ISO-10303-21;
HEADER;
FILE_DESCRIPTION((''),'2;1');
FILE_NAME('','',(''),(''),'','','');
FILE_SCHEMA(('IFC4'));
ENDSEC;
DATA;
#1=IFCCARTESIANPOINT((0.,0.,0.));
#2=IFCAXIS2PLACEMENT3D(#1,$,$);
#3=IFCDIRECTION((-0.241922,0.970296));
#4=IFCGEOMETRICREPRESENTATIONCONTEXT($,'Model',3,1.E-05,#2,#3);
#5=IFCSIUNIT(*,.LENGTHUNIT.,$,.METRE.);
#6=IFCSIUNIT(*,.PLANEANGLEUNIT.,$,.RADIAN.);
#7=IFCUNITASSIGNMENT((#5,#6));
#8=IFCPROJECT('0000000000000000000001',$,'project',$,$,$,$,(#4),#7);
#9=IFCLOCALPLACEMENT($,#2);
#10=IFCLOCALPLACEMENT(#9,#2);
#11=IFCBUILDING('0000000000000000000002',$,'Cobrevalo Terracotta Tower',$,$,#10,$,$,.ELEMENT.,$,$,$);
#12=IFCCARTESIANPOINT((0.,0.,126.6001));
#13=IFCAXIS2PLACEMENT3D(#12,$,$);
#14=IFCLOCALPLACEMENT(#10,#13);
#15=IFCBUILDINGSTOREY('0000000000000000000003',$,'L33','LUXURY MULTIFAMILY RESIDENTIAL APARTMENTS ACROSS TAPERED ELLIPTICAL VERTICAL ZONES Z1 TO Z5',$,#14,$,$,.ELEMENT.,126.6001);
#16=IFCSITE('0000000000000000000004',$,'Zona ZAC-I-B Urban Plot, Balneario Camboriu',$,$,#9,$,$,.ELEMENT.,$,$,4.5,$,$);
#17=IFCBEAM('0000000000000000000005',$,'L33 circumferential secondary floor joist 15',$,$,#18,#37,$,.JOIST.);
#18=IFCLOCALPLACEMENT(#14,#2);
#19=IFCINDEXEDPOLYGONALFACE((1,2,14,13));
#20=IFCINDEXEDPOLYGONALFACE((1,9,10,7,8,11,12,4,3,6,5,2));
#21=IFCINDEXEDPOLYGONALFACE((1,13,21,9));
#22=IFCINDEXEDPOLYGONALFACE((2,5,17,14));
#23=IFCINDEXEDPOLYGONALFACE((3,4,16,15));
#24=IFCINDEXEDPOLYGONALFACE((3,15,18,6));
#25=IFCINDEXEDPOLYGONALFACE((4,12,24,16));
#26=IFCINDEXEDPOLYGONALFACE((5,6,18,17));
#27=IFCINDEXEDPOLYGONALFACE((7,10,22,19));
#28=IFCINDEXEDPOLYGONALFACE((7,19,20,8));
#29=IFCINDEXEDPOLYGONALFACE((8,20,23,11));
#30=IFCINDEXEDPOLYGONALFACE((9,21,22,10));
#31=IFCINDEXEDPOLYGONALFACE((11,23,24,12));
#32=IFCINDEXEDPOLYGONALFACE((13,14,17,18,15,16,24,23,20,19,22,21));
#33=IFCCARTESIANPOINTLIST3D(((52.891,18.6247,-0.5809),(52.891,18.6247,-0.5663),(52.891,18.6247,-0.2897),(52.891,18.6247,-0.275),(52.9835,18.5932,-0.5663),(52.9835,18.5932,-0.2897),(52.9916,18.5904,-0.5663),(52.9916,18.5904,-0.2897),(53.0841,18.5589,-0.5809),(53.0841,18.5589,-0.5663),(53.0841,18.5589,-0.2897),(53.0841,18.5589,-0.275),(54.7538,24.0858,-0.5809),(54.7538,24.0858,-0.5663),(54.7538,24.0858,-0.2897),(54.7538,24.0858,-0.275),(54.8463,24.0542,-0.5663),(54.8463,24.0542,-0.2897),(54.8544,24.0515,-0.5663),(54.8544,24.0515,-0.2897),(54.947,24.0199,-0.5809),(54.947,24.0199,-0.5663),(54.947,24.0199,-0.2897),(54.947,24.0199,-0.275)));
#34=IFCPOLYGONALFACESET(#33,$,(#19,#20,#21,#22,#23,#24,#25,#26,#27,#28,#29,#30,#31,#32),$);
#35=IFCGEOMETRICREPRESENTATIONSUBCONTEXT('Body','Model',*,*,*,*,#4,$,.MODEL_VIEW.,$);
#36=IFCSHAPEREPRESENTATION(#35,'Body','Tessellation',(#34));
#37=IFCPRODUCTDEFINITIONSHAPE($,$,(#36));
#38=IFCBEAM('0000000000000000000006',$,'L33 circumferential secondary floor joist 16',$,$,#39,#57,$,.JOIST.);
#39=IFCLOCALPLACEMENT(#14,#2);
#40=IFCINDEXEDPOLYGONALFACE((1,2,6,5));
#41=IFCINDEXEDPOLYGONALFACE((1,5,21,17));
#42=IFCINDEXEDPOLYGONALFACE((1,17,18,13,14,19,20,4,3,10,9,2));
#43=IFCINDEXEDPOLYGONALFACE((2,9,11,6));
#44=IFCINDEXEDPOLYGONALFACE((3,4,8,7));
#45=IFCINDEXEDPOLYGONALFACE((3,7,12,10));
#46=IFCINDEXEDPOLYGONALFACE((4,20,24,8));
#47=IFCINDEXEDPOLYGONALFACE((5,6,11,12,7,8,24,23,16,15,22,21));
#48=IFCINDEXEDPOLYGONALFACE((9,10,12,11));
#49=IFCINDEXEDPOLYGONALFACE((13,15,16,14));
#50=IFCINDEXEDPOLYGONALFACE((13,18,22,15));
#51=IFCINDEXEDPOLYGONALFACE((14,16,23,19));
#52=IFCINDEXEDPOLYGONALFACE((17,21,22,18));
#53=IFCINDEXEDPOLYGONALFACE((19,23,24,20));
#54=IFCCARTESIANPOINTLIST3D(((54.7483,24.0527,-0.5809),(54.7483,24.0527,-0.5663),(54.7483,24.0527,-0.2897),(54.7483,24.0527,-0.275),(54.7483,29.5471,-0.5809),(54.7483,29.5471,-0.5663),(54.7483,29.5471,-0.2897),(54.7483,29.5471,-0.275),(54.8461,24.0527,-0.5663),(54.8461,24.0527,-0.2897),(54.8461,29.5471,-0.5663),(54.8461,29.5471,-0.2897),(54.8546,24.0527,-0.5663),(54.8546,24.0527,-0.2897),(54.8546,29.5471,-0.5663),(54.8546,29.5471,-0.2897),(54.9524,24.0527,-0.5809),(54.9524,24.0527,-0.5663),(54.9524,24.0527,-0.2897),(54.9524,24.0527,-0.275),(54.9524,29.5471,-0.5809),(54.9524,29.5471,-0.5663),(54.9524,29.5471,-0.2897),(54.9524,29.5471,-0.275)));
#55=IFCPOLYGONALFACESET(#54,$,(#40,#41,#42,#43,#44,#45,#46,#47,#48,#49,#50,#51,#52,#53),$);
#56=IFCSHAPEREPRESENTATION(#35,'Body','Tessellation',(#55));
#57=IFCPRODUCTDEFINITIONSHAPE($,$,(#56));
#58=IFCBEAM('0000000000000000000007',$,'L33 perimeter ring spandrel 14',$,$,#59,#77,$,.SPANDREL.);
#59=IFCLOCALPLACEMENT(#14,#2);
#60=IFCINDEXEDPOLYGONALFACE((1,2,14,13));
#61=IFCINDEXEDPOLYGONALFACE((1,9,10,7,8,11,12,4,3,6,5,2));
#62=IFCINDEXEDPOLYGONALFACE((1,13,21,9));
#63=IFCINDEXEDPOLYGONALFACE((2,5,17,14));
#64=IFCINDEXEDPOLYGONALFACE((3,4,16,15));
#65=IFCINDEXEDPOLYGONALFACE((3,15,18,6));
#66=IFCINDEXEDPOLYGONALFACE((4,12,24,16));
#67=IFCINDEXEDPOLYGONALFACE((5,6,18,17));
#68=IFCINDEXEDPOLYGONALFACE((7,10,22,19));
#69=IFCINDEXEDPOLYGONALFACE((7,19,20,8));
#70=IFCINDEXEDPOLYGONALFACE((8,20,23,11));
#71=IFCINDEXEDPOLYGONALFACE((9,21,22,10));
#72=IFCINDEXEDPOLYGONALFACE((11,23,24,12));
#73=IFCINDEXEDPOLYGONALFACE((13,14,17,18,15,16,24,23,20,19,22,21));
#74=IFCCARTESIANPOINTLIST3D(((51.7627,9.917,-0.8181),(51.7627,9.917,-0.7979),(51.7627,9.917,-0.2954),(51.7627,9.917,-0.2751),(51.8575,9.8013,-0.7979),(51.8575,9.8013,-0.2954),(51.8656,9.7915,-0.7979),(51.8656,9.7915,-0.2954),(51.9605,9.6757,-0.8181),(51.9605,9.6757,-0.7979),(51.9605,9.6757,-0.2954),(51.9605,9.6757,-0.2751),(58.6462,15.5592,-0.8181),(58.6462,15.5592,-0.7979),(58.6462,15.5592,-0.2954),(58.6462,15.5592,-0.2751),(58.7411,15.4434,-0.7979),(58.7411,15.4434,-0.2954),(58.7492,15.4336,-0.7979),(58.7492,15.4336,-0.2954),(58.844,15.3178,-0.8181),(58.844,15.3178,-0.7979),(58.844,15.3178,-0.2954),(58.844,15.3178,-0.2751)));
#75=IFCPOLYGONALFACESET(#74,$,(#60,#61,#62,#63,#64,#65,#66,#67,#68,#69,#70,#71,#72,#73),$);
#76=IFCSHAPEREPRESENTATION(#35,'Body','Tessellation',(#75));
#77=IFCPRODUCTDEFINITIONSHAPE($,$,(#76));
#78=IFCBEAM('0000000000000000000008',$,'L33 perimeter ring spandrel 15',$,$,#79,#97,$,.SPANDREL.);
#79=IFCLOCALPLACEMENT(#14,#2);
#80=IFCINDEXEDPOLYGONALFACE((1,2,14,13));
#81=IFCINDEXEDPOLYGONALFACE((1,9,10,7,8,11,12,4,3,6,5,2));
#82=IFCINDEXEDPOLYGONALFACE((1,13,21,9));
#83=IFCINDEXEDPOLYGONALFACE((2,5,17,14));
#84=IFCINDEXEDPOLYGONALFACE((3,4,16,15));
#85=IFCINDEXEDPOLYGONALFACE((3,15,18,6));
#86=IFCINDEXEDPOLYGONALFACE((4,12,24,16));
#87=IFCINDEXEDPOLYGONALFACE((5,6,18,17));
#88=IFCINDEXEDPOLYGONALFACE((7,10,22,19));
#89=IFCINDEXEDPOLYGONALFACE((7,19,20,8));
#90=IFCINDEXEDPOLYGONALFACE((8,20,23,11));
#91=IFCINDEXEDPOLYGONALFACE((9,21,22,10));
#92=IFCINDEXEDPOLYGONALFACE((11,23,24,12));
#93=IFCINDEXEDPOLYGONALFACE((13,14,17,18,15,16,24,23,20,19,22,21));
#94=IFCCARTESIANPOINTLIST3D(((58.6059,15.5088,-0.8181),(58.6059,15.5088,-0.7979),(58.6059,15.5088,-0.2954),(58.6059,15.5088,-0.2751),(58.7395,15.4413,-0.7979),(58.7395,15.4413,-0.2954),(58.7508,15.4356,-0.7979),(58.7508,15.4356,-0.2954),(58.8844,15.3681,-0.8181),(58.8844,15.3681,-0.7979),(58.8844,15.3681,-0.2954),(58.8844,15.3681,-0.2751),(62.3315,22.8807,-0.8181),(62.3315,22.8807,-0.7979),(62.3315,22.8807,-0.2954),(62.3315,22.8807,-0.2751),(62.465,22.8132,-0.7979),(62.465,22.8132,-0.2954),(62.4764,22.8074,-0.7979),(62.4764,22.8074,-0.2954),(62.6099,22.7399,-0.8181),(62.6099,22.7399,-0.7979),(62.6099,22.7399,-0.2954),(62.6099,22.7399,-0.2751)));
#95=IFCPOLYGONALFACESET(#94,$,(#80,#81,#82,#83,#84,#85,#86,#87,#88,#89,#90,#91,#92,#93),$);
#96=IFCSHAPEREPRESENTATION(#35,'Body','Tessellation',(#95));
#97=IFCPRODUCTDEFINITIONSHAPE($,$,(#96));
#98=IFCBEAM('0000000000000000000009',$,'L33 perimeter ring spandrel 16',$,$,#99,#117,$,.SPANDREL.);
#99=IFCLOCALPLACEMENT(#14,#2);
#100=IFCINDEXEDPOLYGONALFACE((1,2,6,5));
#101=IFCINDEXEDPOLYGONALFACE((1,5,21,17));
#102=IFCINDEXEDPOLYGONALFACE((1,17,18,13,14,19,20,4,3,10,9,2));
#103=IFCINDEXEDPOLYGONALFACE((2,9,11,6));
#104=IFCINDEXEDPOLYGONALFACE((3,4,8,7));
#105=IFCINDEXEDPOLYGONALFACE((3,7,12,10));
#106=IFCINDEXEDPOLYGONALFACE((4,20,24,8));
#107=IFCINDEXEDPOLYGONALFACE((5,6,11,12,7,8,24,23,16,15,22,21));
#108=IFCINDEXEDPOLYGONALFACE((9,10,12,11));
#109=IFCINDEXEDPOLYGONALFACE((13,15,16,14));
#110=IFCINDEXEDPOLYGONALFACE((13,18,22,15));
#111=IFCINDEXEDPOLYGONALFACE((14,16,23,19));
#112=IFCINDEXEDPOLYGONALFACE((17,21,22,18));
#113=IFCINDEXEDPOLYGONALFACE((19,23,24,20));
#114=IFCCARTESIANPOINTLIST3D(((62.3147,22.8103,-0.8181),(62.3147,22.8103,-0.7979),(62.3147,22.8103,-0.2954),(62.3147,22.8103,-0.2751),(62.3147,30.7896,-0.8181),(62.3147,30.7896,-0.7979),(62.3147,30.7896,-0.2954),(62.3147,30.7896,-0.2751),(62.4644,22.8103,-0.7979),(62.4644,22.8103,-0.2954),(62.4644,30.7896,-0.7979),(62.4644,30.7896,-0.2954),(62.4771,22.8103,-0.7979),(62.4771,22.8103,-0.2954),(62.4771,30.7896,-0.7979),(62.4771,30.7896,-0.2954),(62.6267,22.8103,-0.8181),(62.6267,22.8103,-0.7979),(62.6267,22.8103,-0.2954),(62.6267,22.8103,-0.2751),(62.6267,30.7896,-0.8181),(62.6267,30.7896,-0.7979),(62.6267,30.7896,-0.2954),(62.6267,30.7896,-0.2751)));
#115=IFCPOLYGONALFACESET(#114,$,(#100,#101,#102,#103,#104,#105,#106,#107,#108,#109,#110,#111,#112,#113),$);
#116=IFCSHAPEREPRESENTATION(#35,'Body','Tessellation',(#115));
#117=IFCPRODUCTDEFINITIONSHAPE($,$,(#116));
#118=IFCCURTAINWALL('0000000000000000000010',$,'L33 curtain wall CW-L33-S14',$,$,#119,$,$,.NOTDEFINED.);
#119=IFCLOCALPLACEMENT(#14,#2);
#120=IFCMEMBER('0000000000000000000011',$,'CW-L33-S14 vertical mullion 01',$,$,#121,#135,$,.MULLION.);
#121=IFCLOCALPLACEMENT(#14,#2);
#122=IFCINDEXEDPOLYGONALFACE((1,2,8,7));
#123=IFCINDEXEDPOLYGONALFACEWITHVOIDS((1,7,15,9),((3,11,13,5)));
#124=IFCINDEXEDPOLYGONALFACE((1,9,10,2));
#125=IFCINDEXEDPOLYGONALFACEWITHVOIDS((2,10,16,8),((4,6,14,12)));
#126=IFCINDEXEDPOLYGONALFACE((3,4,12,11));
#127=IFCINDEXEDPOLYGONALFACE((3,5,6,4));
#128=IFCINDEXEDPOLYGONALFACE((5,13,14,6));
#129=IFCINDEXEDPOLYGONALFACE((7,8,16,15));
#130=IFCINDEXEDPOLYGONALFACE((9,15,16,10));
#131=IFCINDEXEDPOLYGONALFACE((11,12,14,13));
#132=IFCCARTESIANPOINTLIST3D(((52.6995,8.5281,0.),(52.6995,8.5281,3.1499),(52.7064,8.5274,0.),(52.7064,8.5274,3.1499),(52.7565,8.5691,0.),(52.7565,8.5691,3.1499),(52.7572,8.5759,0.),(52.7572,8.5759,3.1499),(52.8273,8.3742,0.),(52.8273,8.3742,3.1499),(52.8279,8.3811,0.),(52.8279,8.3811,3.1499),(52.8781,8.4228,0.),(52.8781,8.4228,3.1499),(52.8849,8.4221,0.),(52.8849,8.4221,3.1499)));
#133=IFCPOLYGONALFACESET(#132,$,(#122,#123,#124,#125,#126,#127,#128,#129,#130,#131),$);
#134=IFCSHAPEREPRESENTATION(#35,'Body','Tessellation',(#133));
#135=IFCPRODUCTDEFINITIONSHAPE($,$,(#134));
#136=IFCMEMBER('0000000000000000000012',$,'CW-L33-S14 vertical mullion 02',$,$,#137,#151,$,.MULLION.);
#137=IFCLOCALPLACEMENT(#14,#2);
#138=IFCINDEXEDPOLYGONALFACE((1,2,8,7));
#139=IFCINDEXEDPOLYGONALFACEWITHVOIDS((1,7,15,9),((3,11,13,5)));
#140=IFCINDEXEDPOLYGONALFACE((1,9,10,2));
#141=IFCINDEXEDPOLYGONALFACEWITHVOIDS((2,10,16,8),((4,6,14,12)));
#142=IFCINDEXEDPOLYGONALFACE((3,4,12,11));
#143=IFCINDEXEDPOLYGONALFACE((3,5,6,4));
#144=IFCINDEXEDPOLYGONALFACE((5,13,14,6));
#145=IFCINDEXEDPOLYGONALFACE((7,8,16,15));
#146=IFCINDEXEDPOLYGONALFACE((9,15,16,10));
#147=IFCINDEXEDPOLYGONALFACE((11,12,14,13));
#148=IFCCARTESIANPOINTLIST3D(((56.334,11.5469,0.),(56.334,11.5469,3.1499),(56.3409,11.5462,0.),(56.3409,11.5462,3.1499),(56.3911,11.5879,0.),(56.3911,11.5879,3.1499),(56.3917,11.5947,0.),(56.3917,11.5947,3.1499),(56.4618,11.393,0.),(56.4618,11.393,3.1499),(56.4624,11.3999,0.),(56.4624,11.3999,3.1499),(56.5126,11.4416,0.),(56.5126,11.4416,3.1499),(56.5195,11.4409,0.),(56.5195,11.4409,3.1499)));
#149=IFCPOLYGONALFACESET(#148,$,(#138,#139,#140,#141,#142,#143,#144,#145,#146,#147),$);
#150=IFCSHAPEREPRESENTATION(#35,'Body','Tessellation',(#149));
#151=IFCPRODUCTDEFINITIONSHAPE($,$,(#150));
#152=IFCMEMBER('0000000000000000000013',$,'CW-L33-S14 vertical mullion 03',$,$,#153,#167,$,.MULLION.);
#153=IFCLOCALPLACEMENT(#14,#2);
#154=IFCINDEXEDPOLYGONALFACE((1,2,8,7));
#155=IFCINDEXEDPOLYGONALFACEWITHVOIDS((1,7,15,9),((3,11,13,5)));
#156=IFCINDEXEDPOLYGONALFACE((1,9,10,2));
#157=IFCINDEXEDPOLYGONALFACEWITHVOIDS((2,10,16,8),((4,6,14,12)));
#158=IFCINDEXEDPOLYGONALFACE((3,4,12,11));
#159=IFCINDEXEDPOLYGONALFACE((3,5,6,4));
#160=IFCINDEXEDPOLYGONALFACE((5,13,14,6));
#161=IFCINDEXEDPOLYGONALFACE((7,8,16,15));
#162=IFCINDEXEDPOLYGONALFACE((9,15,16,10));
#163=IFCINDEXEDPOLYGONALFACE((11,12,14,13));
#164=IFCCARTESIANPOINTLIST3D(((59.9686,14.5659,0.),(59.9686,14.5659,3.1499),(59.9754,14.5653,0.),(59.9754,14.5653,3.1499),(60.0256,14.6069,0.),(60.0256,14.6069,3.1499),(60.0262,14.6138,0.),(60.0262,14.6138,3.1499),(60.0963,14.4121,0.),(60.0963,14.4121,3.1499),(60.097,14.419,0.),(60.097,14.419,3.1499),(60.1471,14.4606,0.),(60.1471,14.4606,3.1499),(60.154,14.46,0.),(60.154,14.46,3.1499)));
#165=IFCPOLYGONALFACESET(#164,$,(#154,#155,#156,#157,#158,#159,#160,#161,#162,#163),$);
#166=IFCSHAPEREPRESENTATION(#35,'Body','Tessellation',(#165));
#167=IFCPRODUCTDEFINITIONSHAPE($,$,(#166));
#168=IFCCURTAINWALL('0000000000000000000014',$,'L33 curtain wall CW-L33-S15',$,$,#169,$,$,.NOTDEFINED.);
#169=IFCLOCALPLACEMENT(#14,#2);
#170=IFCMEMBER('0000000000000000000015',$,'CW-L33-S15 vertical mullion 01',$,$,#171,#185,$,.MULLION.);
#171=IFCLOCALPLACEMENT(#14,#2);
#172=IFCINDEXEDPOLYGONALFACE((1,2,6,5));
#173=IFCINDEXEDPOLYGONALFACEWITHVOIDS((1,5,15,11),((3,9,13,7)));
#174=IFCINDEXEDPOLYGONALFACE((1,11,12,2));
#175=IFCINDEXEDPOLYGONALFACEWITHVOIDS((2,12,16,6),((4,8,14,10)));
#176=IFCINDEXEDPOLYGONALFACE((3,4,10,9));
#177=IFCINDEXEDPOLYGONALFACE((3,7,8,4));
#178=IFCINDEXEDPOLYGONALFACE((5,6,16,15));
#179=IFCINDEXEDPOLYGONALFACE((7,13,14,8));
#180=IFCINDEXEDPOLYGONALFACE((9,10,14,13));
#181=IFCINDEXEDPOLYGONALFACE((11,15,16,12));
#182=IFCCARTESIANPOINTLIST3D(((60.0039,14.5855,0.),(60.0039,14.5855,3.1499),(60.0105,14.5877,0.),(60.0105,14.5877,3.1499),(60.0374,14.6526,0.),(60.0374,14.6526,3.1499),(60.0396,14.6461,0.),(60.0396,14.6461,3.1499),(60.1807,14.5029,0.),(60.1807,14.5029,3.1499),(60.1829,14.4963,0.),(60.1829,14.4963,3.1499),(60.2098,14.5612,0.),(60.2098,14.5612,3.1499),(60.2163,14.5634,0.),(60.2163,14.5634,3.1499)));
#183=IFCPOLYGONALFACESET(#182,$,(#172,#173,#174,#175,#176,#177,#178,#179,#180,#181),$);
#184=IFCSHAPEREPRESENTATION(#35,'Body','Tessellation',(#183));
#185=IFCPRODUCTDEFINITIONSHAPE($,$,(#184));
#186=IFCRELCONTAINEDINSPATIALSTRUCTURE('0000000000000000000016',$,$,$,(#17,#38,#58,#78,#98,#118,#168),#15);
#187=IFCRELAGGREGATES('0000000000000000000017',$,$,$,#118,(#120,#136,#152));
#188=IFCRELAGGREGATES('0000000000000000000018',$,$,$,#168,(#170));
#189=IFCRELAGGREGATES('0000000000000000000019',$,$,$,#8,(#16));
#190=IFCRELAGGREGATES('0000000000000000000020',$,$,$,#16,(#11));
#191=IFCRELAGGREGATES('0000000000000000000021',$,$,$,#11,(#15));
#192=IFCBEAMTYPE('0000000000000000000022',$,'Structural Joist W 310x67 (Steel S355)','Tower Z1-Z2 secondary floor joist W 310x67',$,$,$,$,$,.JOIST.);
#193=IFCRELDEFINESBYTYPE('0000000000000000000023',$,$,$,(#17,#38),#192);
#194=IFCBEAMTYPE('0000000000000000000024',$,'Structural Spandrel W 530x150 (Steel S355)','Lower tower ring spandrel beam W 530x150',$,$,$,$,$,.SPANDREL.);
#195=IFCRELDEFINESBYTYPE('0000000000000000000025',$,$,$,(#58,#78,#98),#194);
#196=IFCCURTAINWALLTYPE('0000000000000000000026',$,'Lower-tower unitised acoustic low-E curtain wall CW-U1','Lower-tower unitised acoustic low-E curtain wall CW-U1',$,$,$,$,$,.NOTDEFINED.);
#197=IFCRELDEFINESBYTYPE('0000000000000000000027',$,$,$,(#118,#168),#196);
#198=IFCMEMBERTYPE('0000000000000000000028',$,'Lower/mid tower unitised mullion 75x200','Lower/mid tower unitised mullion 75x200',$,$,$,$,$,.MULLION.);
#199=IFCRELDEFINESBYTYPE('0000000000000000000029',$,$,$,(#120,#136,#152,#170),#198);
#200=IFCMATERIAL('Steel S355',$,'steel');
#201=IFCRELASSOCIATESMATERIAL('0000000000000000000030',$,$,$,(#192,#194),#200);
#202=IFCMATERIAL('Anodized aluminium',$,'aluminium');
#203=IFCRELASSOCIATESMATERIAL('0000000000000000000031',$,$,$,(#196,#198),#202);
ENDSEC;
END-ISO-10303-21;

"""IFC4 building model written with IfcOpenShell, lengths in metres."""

from ifc_helpers import new_model, si_unit, direction, frame, origin, origin_2d, place, context, subcontext, project, spatial, hollow_rectangle, i_section, extrude, source, transform, mapped, material, material_profile, profile_set, type_object, element, aggregate, save


model = new_model("IFC4")

# Units and contexts
model_context = context("Model", 3, precision=1e-05, world=origin(), true_north=direction((-0.241922, 0.970296)))
body_context = subcontext(model_context, "Body", "Model", "MODEL_VIEW")
ifc_project = project(units=[si_unit("LENGTHUNIT", "METRE"), si_unit("PLANEANGLEUNIT", "RADIAN")], contexts=[model_context])

# Site, building, storey
site_placement = place(None, origin())
site = spatial("IfcSite", under=ifc_project, at=site_placement, Name="Zona ZAC-I-B Urban Plot, Balneario Camboriu", CompositionType="ELEMENT", RefElevation=4.5)
building_placement = place(site_placement, origin())
building = spatial("IfcBuilding", under=site, at=building_placement, Name="Cobrevalo Terracotta Tower", CompositionType="ELEMENT")
storey_placement = place(building_placement, frame((0.0, 0.0, 126.6001)))
storey = spatial("IfcBuildingStorey", under=building, at=storey_placement, Name="L33", Description="LUXURY MULTIFAMILY RESIDENTIAL APARTMENTS ACROSS TAPERED ELLIPTICAL VERTICAL ZONES Z1 TO Z5", CompositionType="ELEMENT", Elevation=126.6001)

# Shared definitions
ifc_material_1 = material(Name="Steel S355", Category="steel")

# Beams
ifc_material_profile_1 = material_profile(ifc_material_1, i_section(OverallWidth=0.2041, OverallDepth=0.3059, WebThickness=0.0085, FlangeThickness=0.0146, at=origin_2d()), Name="W 310x67")
ifc_profile_set_1 = profile_set([ifc_material_profile_1], Name="Steel S355")
beam_type_1 = type_object("IfcBeamType", Name="Structural Joist W 310x67 (Steel S355)", Description="Tower Z1-Z2 secondary floor joist W 310x67", PredefinedType="JOIST", material=ifc_profile_set_1)
beam_1_placement = place(storey_placement, frame((52.9875, 18.5918, -0.428), z_axis=(0.322846, 0.946451, 0.0), x_axis=(-0.946451, 0.322846, 0.0)))
element("IfcBeam", 1, at=beam_1_placement, inside=storey, type_object=beam_type_1, Name="L33 circumferential secondary floor joist 15", PredefinedType="JOIST", context=body_context, shape_type="SweptSolid", body=[
    extrude(i_section(OverallWidth=0.2041, OverallDepth=0.3059, WebThickness=0.0085, FlangeThickness=0.0146, at=origin_2d()), origin(), (0.0, 0.0, 1.0), 5.77),
])
beam_2_placement = place(storey_placement, frame((54.8503, 24.0527, -0.428), z_axis=(0.0, 1.0, 0.0), x_axis=(-1.0, 0.0, 0.0)))
element("IfcBeam", 2, at=beam_2_placement, inside=storey, type_object=beam_type_1, Name="L33 circumferential secondary floor joist 16", PredefinedType="JOIST", context=body_context, shape_type="SweptSolid", body=[
    extrude(i_section(OverallWidth=0.2041, OverallDepth=0.3059, WebThickness=0.0085, FlangeThickness=0.0146, at=origin_2d()), origin(), (0.0, 0.0, 1.0), 5.4944),
])
ifc_material_profile_2 = material_profile(ifc_material_1, i_section(OverallWidth=0.312, OverallDepth=0.543, WebThickness=0.0127, FlangeThickness=0.0203, at=origin_2d()), Name="W 530x150")
ifc_profile_set_2 = profile_set([ifc_material_profile_2], Name="Steel S355")
beam_type_2 = type_object("IfcBeamType", Name="Structural Spandrel W 530x150 (Steel S355)", Description="Lower tower ring spandrel beam W 530x150", PredefinedType="SPANDREL", material=ifc_profile_set_2)
beam_3_placement = place(storey_placement, frame((51.8616, 9.7964, -0.5466), z_axis=(0.773401, 0.633917, 0.0), x_axis=(-0.633917, 0.773401, 0.0)))
element("IfcBeam", 3, at=beam_3_placement, inside=storey, type_object=beam_type_2, Name="L33 perimeter ring spandrel 14", PredefinedType="SPANDREL", context=body_context, shape_type="SweptSolid", body=[
    extrude(i_section(OverallWidth=0.312, OverallDepth=0.543, WebThickness=0.0127, FlangeThickness=0.0203, at=origin_2d()), origin(), (0.0, 0.0, 1.0), 8.9004),
])
beam_4_placement = place(storey_placement, frame((58.7451, 15.4385, -0.5466), z_axis=(0.451052, 0.892498, 0.0), x_axis=(-0.892498, 0.451052, 0.0)))
element("IfcBeam", 4, at=beam_4_placement, inside=storey, type_object=beam_type_2, Name="L33 perimeter ring spandrel 15", PredefinedType="SPANDREL", context=body_context, shape_type="SweptSolid", body=[
    extrude(i_section(OverallWidth=0.312, OverallDepth=0.543, WebThickness=0.0127, FlangeThickness=0.0203, at=origin_2d()), origin(), (0.0, 0.0, 1.0), 8.2598),
])
beam_5_placement = place(storey_placement, frame((62.4707, 22.8103, -0.5466), z_axis=(0.0, 1.0, 0.0), x_axis=(-1.0, 0.0, 0.0)))
element("IfcBeam", 5, at=beam_5_placement, inside=storey, type_object=beam_type_2, Name="L33 perimeter ring spandrel 16", PredefinedType="SPANDREL", context=body_context, shape_type="SweptSolid", body=[
    extrude(i_section(OverallWidth=0.312, OverallDepth=0.543, WebThickness=0.0127, FlangeThickness=0.0203, at=origin_2d()), origin(), (0.0, 0.0, 1.0), 7.9792),
])

# Curtain walls, members
ifc_material_2 = material(Name="Anodized aluminium", Category="aluminium")
curtain_wall_type = type_object("IfcCurtainWallType", Name="Lower-tower unitised acoustic low-E curtain wall CW-U1", Description="Lower-tower unitised acoustic low-E curtain wall CW-U1", PredefinedType="NOTDEFINED", material=ifc_material_2)
curtain_wall_1_placement = place(storey_placement, origin())
curtain_wall_1 = element("IfcCurtainWall", 6, at=curtain_wall_1_placement, inside=storey, type_object=curtain_wall_type, Name="L33 curtain wall CW-L33-S14", PredefinedType="NOTDEFINED")
ifc_material_profile_3 = material_profile(ifc_material_2, hollow_rectangle(XDim=0.075, YDim=0.2, WallThickness=0.0049, at=origin_2d()), Name="CWM 75x200")
ifc_profile_set_3 = profile_set([ifc_material_profile_3], Name="Anodized aluminium")
member_type_1 = type_object("IfcMemberType", Name="Lower/mid tower unitised mullion 75x200", Description="Lower/mid tower unitised mullion 75x200", PredefinedType="MULLION", material=ifc_profile_set_3)
shared_shape_1 = source(origin(), body_context, "Body", "SweptSolid", [
    extrude(hollow_rectangle(XDim=0.075, YDim=0.2, WallThickness=0.0049, at=origin_2d()), origin(), (0.0, 0.0, 1.0), 3.1499),
])
member_1_placement = place(storey_placement, frame((52.7922, 8.4751, 0.0), z_axis=(0.0, 0.0, 1.0), x_axis=(0.769243, 0.638956, 0.0)))
member_1 = element("IfcMember", 7, at=member_1_placement, type_object=member_type_1, Name="CW-L33-S14 vertical mullion 01", PredefinedType="MULLION", context=body_context, shape_type="MappedRepresentation", body=[
    mapped(shared_shape_1, transform((0.0, 0.0, 0.0), scale=1.0)),
])
member_2_placement = place(storey_placement, frame((56.4268, 11.4939, 0.0), z_axis=(0.0, 0.0, 1.0), x_axis=(0.769243, 0.638956, 0.0)))
member_2 = element("IfcMember", 8, at=member_2_placement, type_object=member_type_1, Name="CW-L33-S14 vertical mullion 02", PredefinedType="MULLION", context=body_context, shape_type="MappedRepresentation", body=[
    mapped(shared_shape_1, transform((0.0, 0.0, 0.0), scale=1.0)),
])
member_3_placement = place(storey_placement, frame((60.0613, 14.5129, 0.0), z_axis=(0.0, 0.0, 1.0), x_axis=(0.769243, 0.638956, 0.0)))
member_3 = element("IfcMember", 9, at=member_3_placement, type_object=member_type_1, Name="CW-L33-S14 vertical mullion 03", PredefinedType="MULLION", context=body_context, shape_type="MappedRepresentation", body=[
    mapped(shared_shape_1, transform((0.0, 0.0, 0.0), scale=1.0)),
])
curtain_wall_2_placement = place(storey_placement, origin())
curtain_wall_2 = element("IfcCurtainWall", 10, at=curtain_wall_2_placement, inside=storey, type_object=curtain_wall_type, Name="L33 curtain wall CW-L33-S15", PredefinedType="NOTDEFINED")
member_4_placement = place(storey_placement, frame((60.1101, 14.5745, 0.0), z_axis=(0.0, 0.0, 1.0), x_axis=(0.44626, 0.894903, 0.0)))
member_4 = element("IfcMember", 11, at=member_4_placement, type_object=member_type_1, Name="CW-L33-S15 vertical mullion 01", PredefinedType="MULLION", context=body_context, shape_type="MappedRepresentation", body=[
    mapped(shared_shape_1, transform((0.0, 0.0, 0.0), scale=1.0)),
])

aggregate(curtain_wall_1, [member_1, member_2, member_3])
aggregate(curtain_wall_2, [member_4])

save(model, "model.ifc")
